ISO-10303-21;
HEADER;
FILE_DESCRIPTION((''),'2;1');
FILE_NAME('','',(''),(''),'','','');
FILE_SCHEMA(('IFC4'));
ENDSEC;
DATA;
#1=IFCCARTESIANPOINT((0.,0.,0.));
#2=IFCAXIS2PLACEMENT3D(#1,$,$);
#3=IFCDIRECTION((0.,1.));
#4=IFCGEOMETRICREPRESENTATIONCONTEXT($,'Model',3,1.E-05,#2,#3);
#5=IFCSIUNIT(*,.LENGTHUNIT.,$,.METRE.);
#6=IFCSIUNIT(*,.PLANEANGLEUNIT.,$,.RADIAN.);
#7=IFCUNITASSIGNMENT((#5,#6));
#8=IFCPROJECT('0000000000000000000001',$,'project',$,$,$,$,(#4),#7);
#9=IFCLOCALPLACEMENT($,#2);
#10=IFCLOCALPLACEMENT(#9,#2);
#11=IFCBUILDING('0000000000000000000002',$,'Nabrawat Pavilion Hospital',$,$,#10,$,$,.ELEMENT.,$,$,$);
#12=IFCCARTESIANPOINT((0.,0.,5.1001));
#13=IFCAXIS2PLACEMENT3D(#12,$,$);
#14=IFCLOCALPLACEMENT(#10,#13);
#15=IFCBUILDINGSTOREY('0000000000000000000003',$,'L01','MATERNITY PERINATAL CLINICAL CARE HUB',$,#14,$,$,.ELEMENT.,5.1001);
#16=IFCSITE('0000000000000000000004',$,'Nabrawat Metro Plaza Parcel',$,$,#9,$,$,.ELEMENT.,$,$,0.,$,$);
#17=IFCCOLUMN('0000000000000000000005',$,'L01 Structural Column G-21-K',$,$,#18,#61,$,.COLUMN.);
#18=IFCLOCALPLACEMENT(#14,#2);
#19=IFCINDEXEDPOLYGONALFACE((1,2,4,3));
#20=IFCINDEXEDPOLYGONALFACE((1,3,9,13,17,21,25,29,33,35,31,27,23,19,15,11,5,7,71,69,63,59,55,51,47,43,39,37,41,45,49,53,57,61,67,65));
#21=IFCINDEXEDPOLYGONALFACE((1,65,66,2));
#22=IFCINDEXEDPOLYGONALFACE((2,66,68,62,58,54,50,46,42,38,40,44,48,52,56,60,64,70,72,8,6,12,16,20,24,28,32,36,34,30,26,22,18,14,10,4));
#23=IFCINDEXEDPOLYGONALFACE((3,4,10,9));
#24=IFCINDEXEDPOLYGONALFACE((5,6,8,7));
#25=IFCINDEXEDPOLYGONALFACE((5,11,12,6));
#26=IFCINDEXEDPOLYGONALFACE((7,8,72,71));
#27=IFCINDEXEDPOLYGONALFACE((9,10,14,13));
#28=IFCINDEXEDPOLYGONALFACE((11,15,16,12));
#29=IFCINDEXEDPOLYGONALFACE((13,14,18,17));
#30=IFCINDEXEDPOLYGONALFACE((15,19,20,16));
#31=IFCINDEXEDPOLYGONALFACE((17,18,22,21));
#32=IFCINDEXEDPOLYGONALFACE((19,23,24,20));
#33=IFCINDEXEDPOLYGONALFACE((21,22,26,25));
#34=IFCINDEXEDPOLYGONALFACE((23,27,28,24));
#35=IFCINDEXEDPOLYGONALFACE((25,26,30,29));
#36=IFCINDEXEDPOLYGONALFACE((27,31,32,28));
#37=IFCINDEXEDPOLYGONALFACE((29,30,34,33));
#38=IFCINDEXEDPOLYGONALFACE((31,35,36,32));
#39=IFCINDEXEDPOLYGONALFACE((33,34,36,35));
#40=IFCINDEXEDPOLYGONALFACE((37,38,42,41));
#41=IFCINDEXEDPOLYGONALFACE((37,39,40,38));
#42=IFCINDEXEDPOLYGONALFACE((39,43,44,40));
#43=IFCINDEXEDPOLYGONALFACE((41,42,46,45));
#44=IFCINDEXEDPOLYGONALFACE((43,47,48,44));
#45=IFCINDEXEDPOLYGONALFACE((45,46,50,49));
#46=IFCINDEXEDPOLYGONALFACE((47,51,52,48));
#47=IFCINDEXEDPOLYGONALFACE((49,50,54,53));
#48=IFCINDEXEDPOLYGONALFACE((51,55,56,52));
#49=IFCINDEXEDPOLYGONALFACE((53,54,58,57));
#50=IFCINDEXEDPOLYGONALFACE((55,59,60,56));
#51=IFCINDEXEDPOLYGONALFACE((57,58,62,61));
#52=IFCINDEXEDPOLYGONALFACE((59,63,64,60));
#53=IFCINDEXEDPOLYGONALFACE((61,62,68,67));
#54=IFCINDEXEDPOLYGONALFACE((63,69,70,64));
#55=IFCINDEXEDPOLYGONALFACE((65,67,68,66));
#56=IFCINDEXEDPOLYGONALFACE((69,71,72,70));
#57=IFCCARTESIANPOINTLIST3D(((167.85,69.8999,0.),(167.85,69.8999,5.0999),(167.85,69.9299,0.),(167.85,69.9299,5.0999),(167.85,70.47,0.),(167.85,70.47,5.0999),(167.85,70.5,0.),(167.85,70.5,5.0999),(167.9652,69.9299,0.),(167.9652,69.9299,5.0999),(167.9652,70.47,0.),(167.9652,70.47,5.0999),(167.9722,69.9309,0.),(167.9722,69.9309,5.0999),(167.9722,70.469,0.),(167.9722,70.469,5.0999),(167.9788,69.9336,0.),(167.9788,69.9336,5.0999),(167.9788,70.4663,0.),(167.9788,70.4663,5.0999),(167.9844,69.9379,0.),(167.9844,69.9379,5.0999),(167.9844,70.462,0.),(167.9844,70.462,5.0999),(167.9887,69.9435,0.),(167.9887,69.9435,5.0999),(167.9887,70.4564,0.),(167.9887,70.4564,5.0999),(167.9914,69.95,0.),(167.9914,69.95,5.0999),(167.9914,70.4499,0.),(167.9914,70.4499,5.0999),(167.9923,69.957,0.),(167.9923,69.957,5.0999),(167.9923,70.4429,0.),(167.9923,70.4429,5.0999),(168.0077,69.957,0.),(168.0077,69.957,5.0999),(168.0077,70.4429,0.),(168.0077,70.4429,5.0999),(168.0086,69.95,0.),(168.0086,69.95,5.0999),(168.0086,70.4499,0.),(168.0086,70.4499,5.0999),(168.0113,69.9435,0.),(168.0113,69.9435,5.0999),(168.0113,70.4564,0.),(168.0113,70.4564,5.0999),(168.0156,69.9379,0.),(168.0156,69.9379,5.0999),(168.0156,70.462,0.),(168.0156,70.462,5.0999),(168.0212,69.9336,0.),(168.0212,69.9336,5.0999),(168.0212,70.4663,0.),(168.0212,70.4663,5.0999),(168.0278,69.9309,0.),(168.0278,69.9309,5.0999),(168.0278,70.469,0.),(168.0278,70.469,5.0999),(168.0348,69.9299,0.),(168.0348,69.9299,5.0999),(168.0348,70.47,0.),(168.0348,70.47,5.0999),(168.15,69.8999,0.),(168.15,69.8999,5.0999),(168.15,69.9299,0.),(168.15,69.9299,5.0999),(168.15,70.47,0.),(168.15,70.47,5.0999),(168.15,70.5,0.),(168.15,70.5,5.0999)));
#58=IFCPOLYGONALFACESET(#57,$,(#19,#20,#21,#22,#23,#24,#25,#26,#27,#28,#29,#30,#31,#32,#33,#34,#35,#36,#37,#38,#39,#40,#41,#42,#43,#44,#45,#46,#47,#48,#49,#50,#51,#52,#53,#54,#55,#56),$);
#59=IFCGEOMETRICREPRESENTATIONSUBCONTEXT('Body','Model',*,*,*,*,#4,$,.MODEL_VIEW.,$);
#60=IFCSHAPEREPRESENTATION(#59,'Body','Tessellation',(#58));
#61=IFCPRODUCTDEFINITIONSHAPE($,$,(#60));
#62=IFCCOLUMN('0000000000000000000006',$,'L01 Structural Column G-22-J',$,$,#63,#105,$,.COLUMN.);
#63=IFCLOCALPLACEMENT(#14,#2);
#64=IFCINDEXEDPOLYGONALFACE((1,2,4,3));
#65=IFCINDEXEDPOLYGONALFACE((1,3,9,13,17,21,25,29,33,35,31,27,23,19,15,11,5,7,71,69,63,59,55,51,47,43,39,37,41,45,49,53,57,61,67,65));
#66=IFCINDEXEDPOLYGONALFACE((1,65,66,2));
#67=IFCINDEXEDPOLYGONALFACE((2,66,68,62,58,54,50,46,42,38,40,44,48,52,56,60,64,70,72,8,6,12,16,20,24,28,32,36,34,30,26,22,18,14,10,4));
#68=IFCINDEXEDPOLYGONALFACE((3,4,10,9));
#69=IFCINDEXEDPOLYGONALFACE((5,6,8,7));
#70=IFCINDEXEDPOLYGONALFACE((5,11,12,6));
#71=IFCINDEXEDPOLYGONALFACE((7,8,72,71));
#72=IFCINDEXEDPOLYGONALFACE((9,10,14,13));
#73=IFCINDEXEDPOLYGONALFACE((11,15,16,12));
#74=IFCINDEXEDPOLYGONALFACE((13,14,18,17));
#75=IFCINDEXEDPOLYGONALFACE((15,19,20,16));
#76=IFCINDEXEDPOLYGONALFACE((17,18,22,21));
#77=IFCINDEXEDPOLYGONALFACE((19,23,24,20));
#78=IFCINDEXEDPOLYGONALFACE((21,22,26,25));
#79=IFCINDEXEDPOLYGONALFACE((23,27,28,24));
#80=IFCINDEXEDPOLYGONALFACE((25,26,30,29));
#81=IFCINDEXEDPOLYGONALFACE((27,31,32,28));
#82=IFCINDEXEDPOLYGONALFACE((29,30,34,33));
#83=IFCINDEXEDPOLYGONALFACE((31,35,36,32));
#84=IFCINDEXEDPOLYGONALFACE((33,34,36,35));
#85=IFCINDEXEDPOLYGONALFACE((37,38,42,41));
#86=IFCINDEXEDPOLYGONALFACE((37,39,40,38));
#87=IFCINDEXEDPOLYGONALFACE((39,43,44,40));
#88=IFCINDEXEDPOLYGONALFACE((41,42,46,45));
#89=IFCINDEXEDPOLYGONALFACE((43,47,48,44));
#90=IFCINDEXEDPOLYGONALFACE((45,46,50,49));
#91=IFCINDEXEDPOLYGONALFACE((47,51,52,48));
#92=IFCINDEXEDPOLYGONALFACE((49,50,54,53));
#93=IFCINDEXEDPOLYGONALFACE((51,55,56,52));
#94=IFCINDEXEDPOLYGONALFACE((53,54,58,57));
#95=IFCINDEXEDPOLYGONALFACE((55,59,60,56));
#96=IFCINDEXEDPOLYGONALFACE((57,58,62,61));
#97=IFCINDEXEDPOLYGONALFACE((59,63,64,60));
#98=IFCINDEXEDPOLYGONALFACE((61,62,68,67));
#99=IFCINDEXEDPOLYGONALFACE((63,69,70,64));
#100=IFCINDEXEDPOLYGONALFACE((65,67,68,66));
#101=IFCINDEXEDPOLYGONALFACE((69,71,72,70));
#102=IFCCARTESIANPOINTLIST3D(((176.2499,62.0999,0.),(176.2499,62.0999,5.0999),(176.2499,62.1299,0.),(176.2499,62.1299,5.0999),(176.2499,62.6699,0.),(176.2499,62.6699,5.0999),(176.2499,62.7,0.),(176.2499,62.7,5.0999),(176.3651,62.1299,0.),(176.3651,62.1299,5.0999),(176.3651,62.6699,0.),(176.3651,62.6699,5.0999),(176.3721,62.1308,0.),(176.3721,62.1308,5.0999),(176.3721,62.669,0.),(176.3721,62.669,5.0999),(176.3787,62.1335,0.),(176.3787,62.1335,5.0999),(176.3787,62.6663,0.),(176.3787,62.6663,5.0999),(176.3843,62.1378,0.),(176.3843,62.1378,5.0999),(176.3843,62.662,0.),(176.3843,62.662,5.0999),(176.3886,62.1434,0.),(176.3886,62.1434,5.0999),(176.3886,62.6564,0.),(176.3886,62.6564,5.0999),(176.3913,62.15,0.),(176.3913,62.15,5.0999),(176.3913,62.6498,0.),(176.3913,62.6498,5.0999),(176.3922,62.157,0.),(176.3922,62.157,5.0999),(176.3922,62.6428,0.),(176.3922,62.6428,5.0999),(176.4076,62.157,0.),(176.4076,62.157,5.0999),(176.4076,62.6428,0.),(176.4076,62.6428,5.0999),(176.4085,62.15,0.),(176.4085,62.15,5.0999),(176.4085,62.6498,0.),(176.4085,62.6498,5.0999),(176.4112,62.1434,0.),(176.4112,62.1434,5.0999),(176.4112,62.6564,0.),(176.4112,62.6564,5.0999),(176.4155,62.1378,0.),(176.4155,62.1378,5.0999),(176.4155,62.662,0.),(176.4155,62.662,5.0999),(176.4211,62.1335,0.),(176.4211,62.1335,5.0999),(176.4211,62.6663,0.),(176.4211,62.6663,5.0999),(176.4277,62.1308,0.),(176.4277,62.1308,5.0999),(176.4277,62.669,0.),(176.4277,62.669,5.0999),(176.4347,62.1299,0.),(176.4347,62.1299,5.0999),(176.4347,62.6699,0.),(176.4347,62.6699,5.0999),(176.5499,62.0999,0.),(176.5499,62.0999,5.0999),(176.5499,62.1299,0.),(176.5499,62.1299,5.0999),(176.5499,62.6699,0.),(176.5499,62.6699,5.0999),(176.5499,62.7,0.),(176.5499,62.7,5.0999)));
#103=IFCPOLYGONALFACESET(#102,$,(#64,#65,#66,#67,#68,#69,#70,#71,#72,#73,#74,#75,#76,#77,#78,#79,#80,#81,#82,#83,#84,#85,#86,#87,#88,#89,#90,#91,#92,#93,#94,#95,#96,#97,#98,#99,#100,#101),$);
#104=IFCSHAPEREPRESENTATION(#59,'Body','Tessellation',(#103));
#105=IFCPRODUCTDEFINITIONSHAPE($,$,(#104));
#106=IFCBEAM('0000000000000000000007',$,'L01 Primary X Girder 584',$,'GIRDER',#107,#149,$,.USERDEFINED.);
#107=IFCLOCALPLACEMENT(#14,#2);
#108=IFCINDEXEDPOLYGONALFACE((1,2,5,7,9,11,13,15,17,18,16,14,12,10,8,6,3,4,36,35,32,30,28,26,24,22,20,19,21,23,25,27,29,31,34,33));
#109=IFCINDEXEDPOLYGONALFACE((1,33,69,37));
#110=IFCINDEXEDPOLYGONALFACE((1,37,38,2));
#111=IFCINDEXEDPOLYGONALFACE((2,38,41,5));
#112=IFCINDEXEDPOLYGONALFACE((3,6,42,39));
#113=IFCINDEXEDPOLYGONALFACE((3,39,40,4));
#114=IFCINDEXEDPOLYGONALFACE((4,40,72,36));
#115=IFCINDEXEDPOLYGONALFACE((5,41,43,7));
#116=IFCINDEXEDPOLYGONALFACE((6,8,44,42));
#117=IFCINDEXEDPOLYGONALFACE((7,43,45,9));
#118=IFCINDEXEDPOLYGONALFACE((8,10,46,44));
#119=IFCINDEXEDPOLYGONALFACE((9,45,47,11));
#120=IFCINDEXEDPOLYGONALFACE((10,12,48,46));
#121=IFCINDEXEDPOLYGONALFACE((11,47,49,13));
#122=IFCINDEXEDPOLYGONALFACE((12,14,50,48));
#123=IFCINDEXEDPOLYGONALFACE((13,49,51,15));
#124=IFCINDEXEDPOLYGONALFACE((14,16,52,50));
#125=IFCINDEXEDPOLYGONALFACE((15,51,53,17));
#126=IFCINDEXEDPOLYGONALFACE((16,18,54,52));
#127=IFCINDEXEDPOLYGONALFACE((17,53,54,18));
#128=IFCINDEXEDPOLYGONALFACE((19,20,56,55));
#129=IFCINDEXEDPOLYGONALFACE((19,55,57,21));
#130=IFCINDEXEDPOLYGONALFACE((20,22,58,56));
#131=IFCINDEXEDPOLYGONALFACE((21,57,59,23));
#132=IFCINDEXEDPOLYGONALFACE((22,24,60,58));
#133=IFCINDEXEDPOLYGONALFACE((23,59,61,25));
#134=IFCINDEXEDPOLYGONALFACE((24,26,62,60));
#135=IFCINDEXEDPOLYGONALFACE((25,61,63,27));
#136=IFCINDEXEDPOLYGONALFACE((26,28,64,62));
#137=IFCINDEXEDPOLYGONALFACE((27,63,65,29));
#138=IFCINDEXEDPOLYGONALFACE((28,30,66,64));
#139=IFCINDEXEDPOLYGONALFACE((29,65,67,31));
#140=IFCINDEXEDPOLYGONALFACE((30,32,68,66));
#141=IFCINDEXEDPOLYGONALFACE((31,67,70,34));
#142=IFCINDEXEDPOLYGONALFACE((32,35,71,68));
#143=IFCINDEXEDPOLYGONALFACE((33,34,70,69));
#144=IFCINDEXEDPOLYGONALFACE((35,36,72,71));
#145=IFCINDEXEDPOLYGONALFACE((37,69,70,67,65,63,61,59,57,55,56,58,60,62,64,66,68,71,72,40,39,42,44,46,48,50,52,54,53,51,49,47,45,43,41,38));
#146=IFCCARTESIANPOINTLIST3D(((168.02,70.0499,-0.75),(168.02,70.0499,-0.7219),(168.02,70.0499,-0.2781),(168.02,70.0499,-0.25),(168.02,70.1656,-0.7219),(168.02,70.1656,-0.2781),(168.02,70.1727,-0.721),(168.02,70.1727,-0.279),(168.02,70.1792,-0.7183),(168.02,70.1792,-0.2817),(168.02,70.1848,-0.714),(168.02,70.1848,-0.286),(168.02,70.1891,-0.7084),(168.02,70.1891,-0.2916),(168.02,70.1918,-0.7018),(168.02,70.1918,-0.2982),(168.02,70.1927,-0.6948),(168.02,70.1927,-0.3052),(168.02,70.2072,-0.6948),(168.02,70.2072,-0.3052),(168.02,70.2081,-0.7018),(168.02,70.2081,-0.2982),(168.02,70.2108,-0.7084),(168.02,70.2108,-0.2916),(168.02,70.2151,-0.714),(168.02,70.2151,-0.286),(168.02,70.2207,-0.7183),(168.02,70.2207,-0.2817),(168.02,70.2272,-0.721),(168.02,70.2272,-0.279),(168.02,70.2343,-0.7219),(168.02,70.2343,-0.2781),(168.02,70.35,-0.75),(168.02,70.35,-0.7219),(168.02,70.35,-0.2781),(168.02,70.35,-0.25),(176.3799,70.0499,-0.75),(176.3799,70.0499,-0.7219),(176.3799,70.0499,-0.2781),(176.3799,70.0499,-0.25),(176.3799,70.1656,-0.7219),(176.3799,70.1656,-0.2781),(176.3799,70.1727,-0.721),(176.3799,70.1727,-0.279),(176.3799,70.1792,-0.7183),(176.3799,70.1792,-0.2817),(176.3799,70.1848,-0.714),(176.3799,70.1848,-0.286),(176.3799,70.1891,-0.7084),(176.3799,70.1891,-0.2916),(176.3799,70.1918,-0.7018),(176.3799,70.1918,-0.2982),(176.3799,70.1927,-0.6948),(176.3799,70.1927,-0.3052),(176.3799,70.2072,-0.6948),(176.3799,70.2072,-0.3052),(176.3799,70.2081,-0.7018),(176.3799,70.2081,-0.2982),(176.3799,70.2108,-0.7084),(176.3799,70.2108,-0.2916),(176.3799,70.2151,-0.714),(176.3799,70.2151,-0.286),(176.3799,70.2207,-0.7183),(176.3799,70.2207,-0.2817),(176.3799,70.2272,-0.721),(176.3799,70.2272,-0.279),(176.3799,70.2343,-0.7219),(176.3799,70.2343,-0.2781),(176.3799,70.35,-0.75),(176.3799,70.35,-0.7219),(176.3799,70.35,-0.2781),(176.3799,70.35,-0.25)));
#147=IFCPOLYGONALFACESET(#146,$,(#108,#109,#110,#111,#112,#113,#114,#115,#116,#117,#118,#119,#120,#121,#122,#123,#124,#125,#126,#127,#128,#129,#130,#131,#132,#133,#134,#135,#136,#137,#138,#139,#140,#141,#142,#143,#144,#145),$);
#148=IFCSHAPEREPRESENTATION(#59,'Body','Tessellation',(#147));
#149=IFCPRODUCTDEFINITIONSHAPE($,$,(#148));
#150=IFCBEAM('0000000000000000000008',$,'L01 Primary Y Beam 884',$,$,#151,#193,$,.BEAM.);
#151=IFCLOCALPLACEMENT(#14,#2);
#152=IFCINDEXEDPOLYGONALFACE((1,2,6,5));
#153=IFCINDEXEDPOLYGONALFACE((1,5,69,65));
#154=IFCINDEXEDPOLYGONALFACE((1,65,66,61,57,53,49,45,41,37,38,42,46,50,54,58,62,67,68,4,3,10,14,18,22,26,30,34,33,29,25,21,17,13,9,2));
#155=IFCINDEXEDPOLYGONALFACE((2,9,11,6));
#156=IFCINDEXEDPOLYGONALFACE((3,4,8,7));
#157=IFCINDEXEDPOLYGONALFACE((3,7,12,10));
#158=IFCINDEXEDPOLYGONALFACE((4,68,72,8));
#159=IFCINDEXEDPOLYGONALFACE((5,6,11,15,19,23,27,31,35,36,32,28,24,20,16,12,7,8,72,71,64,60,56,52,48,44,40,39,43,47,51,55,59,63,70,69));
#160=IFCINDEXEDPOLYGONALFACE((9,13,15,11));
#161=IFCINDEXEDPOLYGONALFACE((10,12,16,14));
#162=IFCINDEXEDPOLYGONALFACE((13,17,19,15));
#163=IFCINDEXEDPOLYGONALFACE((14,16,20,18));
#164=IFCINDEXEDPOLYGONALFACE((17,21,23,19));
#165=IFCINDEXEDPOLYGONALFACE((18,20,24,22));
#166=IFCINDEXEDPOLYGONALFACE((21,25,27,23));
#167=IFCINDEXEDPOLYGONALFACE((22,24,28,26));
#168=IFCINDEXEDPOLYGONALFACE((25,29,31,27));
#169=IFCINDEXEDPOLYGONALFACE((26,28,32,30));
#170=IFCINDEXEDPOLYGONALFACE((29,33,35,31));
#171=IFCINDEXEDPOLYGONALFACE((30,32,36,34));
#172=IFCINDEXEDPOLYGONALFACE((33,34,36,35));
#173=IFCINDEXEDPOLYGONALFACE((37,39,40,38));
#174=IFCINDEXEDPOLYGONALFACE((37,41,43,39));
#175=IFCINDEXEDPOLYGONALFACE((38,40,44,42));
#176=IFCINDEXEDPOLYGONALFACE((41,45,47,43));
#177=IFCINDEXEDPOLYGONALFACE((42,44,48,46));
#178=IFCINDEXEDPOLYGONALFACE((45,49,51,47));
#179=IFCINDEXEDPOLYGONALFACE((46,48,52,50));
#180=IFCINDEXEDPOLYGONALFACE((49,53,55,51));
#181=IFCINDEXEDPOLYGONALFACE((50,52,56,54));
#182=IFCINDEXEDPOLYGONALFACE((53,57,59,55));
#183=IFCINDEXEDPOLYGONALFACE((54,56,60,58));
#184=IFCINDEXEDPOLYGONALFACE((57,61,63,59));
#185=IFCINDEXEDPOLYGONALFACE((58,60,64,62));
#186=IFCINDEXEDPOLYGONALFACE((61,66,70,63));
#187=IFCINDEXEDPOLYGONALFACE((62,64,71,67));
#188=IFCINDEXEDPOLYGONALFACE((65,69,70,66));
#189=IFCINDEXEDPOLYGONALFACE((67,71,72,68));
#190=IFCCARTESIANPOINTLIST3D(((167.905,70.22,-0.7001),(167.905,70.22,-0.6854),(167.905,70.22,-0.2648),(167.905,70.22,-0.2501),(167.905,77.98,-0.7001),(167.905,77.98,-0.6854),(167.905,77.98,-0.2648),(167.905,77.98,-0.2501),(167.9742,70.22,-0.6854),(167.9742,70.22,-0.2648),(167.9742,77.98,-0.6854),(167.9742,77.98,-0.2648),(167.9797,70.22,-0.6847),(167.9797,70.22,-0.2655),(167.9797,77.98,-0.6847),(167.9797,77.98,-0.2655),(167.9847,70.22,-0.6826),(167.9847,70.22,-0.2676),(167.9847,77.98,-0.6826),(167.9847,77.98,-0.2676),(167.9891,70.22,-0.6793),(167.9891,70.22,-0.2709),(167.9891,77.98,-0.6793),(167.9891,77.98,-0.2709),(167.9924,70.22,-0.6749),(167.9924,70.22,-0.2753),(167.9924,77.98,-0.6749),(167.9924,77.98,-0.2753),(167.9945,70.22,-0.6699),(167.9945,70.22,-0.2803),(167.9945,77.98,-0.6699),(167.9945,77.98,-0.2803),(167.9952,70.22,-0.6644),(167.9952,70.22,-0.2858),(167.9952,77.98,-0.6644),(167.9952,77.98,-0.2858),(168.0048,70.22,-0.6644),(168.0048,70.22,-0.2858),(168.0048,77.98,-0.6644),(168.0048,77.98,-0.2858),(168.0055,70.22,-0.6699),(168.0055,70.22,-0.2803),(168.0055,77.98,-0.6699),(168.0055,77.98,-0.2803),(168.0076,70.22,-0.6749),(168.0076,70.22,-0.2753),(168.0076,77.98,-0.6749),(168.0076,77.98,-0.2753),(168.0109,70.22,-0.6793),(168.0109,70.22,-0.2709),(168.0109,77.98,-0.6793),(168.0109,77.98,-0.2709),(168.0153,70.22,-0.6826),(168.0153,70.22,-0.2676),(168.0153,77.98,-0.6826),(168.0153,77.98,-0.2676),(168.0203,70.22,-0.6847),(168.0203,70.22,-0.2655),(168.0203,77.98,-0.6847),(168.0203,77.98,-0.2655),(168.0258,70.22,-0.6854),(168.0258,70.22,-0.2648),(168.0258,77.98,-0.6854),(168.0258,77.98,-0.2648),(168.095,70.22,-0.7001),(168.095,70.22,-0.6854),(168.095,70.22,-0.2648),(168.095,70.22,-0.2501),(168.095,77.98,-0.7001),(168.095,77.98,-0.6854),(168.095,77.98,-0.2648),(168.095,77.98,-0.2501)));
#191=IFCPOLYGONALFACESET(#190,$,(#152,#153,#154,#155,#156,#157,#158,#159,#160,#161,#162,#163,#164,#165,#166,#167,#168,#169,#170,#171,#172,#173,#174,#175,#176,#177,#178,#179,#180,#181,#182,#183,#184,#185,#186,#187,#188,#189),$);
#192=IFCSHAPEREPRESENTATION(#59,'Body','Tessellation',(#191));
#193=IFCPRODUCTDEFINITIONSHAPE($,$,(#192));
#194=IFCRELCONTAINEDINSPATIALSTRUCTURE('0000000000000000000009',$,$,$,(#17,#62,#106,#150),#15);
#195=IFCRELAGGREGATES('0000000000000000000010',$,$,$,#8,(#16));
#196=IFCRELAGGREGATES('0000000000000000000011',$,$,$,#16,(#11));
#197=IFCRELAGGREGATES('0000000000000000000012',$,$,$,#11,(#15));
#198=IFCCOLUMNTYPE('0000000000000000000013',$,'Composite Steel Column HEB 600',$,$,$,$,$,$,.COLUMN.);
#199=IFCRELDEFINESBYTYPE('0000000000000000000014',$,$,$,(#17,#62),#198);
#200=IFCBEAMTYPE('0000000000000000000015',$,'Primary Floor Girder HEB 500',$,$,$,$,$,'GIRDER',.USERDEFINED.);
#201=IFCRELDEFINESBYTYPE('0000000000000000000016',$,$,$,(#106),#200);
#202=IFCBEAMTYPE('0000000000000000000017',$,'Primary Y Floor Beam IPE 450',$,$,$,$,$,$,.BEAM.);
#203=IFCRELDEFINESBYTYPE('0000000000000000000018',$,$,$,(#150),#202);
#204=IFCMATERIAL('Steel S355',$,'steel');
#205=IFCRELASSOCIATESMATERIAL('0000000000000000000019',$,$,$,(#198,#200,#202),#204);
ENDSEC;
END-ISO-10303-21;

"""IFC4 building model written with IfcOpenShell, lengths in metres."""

from ifc_helpers import new_model, si_unit, direction, frame, origin, origin_2d, place, context, subcontext, project, spatial, i_section, extrude, material, material_profile, profile_set, type_object, element, save


model = new_model("IFC4")

# Units and contexts
model_context = context("Model", 3, precision=1e-05, world=origin(), true_north=direction((0.0, 1.0)))
body_context = subcontext(model_context, "Body", "Model", "MODEL_VIEW")
ifc_project = project(units=[si_unit("LENGTHUNIT", "METRE"), si_unit("PLANEANGLEUNIT", "RADIAN")], contexts=[model_context])

# Site, building, storey
site_placement = place(None, origin())
site = spatial("IfcSite", under=ifc_project, at=site_placement, Name="Nabrawat Metro Plaza Parcel", CompositionType="ELEMENT", RefElevation=0.0)
building_placement = place(site_placement, origin())
building = spatial("IfcBuilding", under=site, at=building_placement, Name="Nabrawat Pavilion Hospital", CompositionType="ELEMENT")
storey_placement = place(building_placement, frame((0.0, 0.0, 5.1001)))
storey = spatial("IfcBuildingStorey", under=building, at=storey_placement, Name="L01", Description="MATERNITY PERINATAL CLINICAL CARE HUB", CompositionType="ELEMENT", Elevation=5.1001)

# Columns
ifc_material_1 = material(Name="Steel S355", Category="steel")
ifc_material_profile_1 = material_profile(ifc_material_1, i_section(OverallWidth=0.3, OverallDepth=0.6001, WebThickness=0.0154, FlangeThickness=0.03, FilletRadius=0.0271, at=origin_2d()), Name="HEB 600")
ifc_profile_set_1 = profile_set([ifc_material_profile_1], Name="Steel S355")
column_type = type_object("IfcColumnType", Name="Composite Steel Column HEB 600", PredefinedType="COLUMN", material=ifc_profile_set_1)
for number, where, z_axis, x_axis, name in (
    (1, (168.0, 70.2, 0.0), (0.0, 0.0, 1.0), (1.0, 0.0, 0.0), "L01 Structural Column G-21-K"),
    (2, (176.3999, 62.3999, 0.0), (0.0, 0.0, 1.0), (1.0, 0.0, 0.0), "L01 Structural Column G-22-J"),
):
    element("IfcColumn", number, at=place(storey_placement, frame(where, z_axis=z_axis, x_axis=x_axis)), inside=storey, type_object=column_type, Name=name, PredefinedType="COLUMN", context=body_context, shape_type="SweptSolid", body=[
        extrude(i_section(OverallWidth=0.3, OverallDepth=0.6001, WebThickness=0.0154, FlangeThickness=0.03, FilletRadius=0.0271, at=origin_2d()), origin(), (0.0, 0.0, 1.0), 5.0999),
    ])

# Beams
ifc_material_profile_2 = material_profile(ifc_material_1, i_section(OverallWidth=0.3, OverallDepth=0.5, WebThickness=0.0144, FlangeThickness=0.0281, FilletRadius=0.0271, at=origin_2d()), Name="HEB 500")
ifc_profile_set_2 = profile_set([ifc_material_profile_2], Name="Steel S355")
beam_type_1 = type_object("IfcBeamType", Name="Primary Floor Girder HEB 500", ElementType="GIRDER", PredefinedType="USERDEFINED", material=ifc_profile_set_2)
beam_1_placement = place(storey_placement, frame((168.02, 70.2, -0.5), z_axis=(1.0, 0.0, 0.0), x_axis=(0.0, 1.0, 0.0)))
element("IfcBeam", 3, at=beam_1_placement, inside=storey, type_object=beam_type_1, Name="L01 Primary X Girder 584", ObjectType="GIRDER", PredefinedType="USERDEFINED", context=body_context, shape_type="SweptSolid", body=[
    extrude(i_section(OverallWidth=0.3, OverallDepth=0.5, WebThickness=0.0144, FlangeThickness=0.0281, FilletRadius=0.0271, at=origin_2d()), origin(), (0.0, 0.0, 1.0), 8.3599),
])
ifc_material_profile_3 = material_profile(ifc_material_1, i_section(OverallWidth=0.1899, OverallDepth=0.45, WebThickness=0.0095, FlangeThickness=0.0146, FilletRadius=0.021, at=origin_2d()), Name="IPE 450")
ifc_profile_set_3 = profile_set([ifc_material_profile_3], Name="Steel S355")
beam_type_2 = type_object("IfcBeamType", Name="Primary Y Floor Beam IPE 450", PredefinedType="BEAM", material=ifc_profile_set_3)
beam_2_placement = place(storey_placement, frame((168.0, 70.22, -0.4751), z_axis=(0.0, 1.0, 0.0), x_axis=(-1.0, 0.0, 0.0)))
element("IfcBeam", 4, at=beam_2_placement, inside=storey, type_object=beam_type_2, Name="L01 Primary Y Beam 884", PredefinedType="BEAM", context=body_context, shape_type="SweptSolid", body=[
    extrude(i_section(OverallWidth=0.1899, OverallDepth=0.45, WebThickness=0.0095, FlangeThickness=0.0146, FilletRadius=0.021, at=origin_2d()), origin(), (0.0, 0.0, 1.0), 7.76),
])

save(model, "model.ifc")
